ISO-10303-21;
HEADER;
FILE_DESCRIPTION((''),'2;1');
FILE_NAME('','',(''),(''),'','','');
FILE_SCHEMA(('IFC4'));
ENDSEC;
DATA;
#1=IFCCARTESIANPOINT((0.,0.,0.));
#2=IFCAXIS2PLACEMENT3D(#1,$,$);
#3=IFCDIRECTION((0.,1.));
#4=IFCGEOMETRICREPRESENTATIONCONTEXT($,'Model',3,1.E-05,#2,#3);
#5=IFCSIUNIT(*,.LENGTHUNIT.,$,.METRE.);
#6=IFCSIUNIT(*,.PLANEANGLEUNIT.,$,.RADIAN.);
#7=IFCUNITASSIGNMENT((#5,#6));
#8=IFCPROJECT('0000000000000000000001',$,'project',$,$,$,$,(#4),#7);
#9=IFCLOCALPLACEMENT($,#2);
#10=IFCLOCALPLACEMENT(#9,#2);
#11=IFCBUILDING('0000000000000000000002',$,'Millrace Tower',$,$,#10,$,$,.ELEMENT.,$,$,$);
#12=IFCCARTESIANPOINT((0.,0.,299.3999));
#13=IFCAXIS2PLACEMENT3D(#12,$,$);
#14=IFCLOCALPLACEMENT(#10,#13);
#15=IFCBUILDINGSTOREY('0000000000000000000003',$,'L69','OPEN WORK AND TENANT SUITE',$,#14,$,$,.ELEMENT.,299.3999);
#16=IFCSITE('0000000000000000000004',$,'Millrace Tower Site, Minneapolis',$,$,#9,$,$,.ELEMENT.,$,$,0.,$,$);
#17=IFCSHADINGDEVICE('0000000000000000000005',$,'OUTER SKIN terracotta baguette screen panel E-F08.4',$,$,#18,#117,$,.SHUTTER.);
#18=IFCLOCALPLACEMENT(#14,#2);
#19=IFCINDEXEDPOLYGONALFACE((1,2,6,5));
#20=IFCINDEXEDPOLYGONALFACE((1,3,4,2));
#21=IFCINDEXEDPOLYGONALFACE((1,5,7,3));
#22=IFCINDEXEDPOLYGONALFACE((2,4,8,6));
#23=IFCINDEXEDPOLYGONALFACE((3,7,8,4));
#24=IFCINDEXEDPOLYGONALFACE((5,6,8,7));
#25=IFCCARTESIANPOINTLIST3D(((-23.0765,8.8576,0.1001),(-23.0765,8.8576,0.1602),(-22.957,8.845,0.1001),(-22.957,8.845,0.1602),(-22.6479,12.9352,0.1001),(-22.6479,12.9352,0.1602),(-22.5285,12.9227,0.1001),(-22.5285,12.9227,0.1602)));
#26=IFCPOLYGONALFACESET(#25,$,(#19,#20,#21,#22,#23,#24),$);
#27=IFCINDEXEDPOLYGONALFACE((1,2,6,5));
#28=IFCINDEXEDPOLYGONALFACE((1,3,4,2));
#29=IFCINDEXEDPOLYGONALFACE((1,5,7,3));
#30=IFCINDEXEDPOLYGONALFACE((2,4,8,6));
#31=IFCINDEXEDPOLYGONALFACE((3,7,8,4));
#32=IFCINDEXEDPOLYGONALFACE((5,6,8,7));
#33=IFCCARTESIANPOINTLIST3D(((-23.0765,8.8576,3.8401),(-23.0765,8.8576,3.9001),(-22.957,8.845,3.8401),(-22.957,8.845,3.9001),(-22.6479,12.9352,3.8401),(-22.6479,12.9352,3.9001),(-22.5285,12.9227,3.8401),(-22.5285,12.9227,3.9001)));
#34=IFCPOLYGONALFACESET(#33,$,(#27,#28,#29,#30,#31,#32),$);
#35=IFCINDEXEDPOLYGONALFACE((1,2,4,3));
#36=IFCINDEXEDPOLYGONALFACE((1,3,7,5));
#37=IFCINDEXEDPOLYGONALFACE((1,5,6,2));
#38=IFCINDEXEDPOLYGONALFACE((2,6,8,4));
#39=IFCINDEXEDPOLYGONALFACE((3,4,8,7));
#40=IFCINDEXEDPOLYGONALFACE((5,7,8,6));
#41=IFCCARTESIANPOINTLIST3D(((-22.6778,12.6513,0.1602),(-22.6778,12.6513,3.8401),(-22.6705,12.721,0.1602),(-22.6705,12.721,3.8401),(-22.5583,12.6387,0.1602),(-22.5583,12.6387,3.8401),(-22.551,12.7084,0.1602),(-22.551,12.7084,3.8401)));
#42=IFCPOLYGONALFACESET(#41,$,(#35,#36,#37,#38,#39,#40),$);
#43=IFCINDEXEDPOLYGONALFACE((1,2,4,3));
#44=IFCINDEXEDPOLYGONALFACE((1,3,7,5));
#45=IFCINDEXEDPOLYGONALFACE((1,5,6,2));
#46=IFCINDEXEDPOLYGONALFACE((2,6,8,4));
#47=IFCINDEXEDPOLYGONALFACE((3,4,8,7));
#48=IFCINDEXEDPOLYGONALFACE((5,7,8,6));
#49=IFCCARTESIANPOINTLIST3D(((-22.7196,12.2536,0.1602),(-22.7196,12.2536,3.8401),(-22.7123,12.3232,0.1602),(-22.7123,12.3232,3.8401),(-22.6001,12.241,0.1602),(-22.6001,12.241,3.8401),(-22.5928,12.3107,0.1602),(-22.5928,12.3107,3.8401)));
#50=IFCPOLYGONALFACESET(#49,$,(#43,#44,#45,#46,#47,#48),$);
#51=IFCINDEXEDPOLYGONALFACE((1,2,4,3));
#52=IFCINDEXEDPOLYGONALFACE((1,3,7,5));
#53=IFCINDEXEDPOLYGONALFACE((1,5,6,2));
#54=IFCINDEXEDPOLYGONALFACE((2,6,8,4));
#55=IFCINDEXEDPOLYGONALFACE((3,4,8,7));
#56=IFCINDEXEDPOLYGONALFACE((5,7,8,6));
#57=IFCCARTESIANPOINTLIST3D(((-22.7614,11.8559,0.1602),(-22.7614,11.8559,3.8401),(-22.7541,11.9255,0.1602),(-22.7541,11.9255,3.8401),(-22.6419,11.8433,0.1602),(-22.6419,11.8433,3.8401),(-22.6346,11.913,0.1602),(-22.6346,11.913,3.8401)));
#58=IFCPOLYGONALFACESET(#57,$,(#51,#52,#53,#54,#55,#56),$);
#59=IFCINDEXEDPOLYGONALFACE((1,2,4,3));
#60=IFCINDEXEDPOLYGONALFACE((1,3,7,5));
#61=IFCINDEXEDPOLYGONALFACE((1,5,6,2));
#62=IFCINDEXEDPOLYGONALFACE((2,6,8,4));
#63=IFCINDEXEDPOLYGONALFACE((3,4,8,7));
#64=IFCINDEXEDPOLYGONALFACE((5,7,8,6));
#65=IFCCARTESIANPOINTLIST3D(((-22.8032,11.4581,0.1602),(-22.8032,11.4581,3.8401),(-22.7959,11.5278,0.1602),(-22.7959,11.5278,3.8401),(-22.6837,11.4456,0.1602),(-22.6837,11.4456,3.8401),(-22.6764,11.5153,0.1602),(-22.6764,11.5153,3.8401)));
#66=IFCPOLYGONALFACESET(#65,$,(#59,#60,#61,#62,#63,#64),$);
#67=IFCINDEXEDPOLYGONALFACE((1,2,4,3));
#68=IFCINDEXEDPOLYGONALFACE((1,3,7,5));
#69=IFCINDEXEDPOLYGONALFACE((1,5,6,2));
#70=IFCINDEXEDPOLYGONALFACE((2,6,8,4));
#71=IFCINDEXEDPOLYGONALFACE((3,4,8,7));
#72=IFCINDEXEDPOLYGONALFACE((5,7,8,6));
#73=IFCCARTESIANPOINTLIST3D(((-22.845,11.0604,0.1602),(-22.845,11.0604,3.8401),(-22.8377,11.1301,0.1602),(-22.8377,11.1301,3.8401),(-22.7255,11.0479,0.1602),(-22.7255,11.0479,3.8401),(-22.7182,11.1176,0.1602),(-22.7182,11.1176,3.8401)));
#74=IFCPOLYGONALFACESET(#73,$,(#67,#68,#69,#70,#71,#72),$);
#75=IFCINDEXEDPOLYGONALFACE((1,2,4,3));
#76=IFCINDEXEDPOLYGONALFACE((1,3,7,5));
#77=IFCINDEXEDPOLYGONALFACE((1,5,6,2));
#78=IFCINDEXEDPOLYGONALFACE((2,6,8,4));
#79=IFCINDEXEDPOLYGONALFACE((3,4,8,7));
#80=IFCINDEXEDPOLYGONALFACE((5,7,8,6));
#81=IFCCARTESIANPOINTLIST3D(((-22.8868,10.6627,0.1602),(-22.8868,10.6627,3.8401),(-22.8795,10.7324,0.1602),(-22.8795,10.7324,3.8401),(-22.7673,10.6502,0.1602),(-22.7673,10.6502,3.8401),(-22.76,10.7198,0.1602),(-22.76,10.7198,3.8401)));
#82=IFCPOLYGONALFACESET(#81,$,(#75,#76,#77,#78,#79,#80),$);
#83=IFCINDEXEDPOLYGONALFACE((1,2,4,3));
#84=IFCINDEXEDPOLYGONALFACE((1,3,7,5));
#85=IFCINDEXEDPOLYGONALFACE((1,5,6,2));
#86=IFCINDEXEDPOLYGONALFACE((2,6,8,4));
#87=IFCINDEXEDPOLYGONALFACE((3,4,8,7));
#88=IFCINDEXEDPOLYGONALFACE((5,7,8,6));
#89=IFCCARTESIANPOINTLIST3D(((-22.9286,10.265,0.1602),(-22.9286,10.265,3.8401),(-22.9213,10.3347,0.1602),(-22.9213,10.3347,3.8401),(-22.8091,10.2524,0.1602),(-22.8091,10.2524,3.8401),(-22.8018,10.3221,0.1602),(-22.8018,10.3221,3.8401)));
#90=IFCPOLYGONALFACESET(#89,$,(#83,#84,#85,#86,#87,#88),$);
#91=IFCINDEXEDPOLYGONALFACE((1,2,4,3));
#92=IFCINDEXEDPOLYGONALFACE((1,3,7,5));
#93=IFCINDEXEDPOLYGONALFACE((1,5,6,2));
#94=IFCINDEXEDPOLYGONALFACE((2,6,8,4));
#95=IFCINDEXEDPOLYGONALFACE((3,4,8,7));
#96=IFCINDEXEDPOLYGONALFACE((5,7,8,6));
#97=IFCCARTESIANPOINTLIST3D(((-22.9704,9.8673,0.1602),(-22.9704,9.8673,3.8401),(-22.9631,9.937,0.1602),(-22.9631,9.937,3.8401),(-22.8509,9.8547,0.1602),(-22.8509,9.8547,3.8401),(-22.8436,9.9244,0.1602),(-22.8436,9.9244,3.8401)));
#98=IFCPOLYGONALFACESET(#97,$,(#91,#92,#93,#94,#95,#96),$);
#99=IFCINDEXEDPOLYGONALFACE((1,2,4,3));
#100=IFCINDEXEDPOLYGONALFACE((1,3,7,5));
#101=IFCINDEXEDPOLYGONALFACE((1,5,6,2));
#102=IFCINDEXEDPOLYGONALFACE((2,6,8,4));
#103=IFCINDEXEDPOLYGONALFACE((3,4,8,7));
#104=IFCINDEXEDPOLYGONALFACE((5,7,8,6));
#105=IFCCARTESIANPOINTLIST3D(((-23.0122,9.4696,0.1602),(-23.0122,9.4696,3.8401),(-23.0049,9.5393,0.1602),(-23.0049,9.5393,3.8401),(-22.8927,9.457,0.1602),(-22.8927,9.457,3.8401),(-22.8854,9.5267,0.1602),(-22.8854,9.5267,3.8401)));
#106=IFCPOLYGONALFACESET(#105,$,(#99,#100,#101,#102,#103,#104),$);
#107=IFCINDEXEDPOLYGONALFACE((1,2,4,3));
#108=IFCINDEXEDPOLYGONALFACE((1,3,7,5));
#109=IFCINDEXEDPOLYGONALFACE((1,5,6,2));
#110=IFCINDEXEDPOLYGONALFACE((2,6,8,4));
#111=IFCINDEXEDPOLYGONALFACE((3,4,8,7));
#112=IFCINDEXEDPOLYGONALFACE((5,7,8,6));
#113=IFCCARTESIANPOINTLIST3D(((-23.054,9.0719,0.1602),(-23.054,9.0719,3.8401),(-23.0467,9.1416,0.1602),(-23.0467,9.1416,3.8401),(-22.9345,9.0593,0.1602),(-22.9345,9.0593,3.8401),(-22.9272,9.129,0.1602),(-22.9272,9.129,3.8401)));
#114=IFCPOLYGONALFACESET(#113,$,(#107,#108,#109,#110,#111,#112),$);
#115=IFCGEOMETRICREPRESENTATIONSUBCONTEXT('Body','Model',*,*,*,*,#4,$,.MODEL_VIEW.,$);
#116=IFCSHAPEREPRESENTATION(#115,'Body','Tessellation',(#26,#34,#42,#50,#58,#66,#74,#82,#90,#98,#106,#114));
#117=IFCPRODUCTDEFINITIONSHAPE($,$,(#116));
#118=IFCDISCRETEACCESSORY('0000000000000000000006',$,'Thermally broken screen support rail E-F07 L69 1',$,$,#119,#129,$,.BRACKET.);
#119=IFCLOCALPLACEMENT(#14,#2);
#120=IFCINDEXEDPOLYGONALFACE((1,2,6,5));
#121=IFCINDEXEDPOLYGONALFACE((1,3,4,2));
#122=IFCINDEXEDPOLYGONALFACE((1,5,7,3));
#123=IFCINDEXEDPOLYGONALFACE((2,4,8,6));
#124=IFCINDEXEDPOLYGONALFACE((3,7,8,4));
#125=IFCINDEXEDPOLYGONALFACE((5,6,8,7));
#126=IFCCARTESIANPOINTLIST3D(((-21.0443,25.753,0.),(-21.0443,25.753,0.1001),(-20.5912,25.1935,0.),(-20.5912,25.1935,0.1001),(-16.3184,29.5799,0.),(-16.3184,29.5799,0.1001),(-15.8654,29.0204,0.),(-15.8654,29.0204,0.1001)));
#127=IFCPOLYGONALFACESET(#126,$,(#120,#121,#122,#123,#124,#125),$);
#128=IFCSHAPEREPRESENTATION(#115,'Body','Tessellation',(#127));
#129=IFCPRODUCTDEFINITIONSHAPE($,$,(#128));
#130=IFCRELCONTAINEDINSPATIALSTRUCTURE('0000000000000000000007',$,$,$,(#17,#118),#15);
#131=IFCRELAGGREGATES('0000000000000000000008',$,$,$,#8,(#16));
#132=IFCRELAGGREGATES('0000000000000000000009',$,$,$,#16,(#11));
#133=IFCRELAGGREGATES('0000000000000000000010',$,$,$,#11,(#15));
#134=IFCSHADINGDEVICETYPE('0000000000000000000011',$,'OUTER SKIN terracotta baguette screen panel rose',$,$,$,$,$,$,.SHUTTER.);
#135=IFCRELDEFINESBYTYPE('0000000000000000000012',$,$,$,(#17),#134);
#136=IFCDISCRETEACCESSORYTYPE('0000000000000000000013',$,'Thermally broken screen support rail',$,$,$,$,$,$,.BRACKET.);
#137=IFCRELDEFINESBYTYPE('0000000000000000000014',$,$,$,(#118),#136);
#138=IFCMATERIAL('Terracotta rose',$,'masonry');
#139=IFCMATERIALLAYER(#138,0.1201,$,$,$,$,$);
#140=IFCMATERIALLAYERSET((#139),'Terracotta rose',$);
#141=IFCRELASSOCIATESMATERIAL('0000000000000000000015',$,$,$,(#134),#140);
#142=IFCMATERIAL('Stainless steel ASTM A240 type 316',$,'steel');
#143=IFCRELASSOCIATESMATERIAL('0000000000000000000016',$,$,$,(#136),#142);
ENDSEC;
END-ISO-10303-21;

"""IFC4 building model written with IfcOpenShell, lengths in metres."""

from ifc_helpers import new_model, entity, si_unit, direction, frame, frame_2d, origin, origin_2d, place, context, subcontext, project, spatial, rectangle, extrude, source, transform, mapped, material, layer, layer_set, type_object, element, save


model = new_model("IFC4")

# Units and contexts
model_context = context("Model", 3, precision=1e-05, world=origin(), true_north=direction((0.0, 1.0)))
body_context = subcontext(model_context, "Body", "Model", "MODEL_VIEW")
ifc_project = project(units=[si_unit("LENGTHUNIT", "METRE"), si_unit("PLANEANGLEUNIT", "RADIAN")], contexts=[model_context])

# Site, building, storey
site_placement = place(None, origin())
site = spatial("IfcSite", under=ifc_project, at=site_placement, Name="Millrace Tower Site, Minneapolis", CompositionType="ELEMENT", RefElevation=0.0)
building_placement = place(site_placement, origin())
building = spatial("IfcBuilding", under=site, at=building_placement, Name="Millrace Tower", CompositionType="ELEMENT")
storey_placement = place(building_placement, frame((0.0, 0.0, 299.3999)))
storey = spatial("IfcBuildingStorey", under=building, at=storey_placement, Name="L69", Description="OPEN WORK AND TENANT SUITE", CompositionType="ELEMENT", Elevation=299.3999)

# Shading device
ifc_material_1 = material(Name="Terracotta rose", Category="masonry")
ifc_layer_1 = layer(ifc_material_1, 0.1201)
ifc_layer_set_1 = layer_set([ifc_layer_1], Name="Terracotta rose")
shading_device_type = type_object("IfcShadingDeviceType", Name="OUTER SKIN terracotta baguette screen panel rose", PredefinedType="SHUTTER", material=ifc_layer_set_1)
cartesian_point_1 = entity("IfcCartesianPoint", [-2.05, 0.0601])
shared_polyline_1 = entity("IfcPolyline", [cartesian_point_1, entity("IfcCartesianPoint", [2.05, 0.0601]), entity("IfcCartesianPoint", [2.05, -0.0601]), entity("IfcCartesianPoint", [-2.05, -0.0601]), cartesian_point_1])
shared_shape_1 = source(origin(), body_context, "Body", "SweptSolid", [
    entity("IfcExtrudedAreaSolid", entity("IfcArbitraryClosedProfileDef", "AREA", None, shared_polyline_1), entity("IfcAxis2Placement3D", entity("IfcCartesianPoint", [0.0, 0.0, 0.0])), entity("IfcDirection", [0.0, 0.0, 1.0]), 0.0601),
    entity("IfcExtrudedAreaSolid", entity("IfcArbitraryClosedProfileDef", "AREA", None, shared_polyline_1), entity("IfcAxis2Placement3D", entity("IfcCartesianPoint", [0.0, 0.0, 3.74])), entity("IfcDirection", [0.0, 0.0, 1.0]), 0.0601),
    extrude(rectangle(XDim=0.0701, YDim=0.1201, at=frame_2d((-1.7996, 0.0))), frame((0.0, 0.0, 0.0601)), (0.0, 0.0, 1.0), 3.6799),
    extrude(rectangle(XDim=0.0701, YDim=0.1201, at=frame_2d((-1.3997, 0.0))), frame((0.0, 0.0, 0.0601)), (0.0, 0.0, 1.0), 3.6799),
    extrude(rectangle(XDim=0.0701, YDim=0.1201, at=frame_2d((-0.9998, 0.0))), frame((0.0, 0.0, 0.0601)), (0.0, 0.0, 1.0), 3.6799),
    extrude(rectangle(XDim=0.0701, YDim=0.1201, at=frame_2d((-0.5999, 0.0))), frame((0.0, 0.0, 0.0601)), (0.0, 0.0, 1.0), 3.6799),
    extrude(rectangle(XDim=0.0701, YDim=0.1201, at=frame_2d((-0.2, 0.0))), frame((0.0, 0.0, 0.0601)), (0.0, 0.0, 1.0), 3.6799),
    extrude(rectangle(XDim=0.0701, YDim=0.1201, at=frame_2d((0.2, 0.0))), frame((0.0, 0.0, 0.0601)), (0.0, 0.0, 1.0), 3.6799),
    extrude(rectangle(XDim=0.0701, YDim=0.1201, at=frame_2d((0.5999, 0.0))), frame((0.0, 0.0, 0.0601)), (0.0, 0.0, 1.0), 3.6799),
    extrude(rectangle(XDim=0.0701, YDim=0.1201, at=frame_2d((0.9998, 0.0))), frame((0.0, 0.0, 0.0601)), (0.0, 0.0, 1.0), 3.6799),
    extrude(rectangle(XDim=0.0701, YDim=0.1201, at=frame_2d((1.3997, 0.0))), frame((0.0, 0.0, 0.0601)), (0.0, 0.0, 1.0), 3.6799),
    extrude(rectangle(XDim=0.0701, YDim=0.1201, at=frame_2d((1.7996, 0.0))), frame((0.0, 0.0, 0.0601)), (0.0, 0.0, 1.0), 3.6799),
])
for number, where, z_axis, x_axis, name in (
    (1, (-22.8025, 10.8901, 0.1001), (0.0, 0.0, 1.0), (-0.104528, -0.994522, 0.0), "OUTER SKIN terracotta baguette screen panel E-F08.4"),
):
    element("IfcShadingDevice", number, at=place(storey_placement, frame(where, z_axis=z_axis, x_axis=x_axis)), inside=storey, type_object=shading_device_type, Name=name, PredefinedType="SHUTTER", context=body_context, shape_type="MappedRepresentation", body=[
        mapped(shared_shape_1, transform((0.0, 0.0, 0.0), scale=1.0)),
    ])

# Discrete accessory
ifc_material_2 = material(Name="Stainless steel ASTM A240 type 316", Category="steel")
discrete_accessory_type = type_object("IfcDiscreteAccessoryType", Name="Thermally broken screen support rail", PredefinedType="BRACKET", material=ifc_material_2)
discrete_accessory_placement = place(storey_placement, frame((-18.4548, 27.3867, 0.0), z_axis=(0.0, 0.0, 1.0), x_axis=(-0.777146, -0.62932, 0.0)))
element("IfcDiscreteAccessory", 2, at=discrete_accessory_placement, inside=storey, type_object=discrete_accessory_type, Name="Thermally broken screen support rail E-F07 L69 1", PredefinedType="BRACKET", context=body_context, shape_type="SweptSolid", body=[
    extrude(rectangle(XDim=6.0811, YDim=0.72, at=origin_2d()), origin(), (0.0, 0.0, 1.0), 0.1001),
])

save(model, "model.ifc")
